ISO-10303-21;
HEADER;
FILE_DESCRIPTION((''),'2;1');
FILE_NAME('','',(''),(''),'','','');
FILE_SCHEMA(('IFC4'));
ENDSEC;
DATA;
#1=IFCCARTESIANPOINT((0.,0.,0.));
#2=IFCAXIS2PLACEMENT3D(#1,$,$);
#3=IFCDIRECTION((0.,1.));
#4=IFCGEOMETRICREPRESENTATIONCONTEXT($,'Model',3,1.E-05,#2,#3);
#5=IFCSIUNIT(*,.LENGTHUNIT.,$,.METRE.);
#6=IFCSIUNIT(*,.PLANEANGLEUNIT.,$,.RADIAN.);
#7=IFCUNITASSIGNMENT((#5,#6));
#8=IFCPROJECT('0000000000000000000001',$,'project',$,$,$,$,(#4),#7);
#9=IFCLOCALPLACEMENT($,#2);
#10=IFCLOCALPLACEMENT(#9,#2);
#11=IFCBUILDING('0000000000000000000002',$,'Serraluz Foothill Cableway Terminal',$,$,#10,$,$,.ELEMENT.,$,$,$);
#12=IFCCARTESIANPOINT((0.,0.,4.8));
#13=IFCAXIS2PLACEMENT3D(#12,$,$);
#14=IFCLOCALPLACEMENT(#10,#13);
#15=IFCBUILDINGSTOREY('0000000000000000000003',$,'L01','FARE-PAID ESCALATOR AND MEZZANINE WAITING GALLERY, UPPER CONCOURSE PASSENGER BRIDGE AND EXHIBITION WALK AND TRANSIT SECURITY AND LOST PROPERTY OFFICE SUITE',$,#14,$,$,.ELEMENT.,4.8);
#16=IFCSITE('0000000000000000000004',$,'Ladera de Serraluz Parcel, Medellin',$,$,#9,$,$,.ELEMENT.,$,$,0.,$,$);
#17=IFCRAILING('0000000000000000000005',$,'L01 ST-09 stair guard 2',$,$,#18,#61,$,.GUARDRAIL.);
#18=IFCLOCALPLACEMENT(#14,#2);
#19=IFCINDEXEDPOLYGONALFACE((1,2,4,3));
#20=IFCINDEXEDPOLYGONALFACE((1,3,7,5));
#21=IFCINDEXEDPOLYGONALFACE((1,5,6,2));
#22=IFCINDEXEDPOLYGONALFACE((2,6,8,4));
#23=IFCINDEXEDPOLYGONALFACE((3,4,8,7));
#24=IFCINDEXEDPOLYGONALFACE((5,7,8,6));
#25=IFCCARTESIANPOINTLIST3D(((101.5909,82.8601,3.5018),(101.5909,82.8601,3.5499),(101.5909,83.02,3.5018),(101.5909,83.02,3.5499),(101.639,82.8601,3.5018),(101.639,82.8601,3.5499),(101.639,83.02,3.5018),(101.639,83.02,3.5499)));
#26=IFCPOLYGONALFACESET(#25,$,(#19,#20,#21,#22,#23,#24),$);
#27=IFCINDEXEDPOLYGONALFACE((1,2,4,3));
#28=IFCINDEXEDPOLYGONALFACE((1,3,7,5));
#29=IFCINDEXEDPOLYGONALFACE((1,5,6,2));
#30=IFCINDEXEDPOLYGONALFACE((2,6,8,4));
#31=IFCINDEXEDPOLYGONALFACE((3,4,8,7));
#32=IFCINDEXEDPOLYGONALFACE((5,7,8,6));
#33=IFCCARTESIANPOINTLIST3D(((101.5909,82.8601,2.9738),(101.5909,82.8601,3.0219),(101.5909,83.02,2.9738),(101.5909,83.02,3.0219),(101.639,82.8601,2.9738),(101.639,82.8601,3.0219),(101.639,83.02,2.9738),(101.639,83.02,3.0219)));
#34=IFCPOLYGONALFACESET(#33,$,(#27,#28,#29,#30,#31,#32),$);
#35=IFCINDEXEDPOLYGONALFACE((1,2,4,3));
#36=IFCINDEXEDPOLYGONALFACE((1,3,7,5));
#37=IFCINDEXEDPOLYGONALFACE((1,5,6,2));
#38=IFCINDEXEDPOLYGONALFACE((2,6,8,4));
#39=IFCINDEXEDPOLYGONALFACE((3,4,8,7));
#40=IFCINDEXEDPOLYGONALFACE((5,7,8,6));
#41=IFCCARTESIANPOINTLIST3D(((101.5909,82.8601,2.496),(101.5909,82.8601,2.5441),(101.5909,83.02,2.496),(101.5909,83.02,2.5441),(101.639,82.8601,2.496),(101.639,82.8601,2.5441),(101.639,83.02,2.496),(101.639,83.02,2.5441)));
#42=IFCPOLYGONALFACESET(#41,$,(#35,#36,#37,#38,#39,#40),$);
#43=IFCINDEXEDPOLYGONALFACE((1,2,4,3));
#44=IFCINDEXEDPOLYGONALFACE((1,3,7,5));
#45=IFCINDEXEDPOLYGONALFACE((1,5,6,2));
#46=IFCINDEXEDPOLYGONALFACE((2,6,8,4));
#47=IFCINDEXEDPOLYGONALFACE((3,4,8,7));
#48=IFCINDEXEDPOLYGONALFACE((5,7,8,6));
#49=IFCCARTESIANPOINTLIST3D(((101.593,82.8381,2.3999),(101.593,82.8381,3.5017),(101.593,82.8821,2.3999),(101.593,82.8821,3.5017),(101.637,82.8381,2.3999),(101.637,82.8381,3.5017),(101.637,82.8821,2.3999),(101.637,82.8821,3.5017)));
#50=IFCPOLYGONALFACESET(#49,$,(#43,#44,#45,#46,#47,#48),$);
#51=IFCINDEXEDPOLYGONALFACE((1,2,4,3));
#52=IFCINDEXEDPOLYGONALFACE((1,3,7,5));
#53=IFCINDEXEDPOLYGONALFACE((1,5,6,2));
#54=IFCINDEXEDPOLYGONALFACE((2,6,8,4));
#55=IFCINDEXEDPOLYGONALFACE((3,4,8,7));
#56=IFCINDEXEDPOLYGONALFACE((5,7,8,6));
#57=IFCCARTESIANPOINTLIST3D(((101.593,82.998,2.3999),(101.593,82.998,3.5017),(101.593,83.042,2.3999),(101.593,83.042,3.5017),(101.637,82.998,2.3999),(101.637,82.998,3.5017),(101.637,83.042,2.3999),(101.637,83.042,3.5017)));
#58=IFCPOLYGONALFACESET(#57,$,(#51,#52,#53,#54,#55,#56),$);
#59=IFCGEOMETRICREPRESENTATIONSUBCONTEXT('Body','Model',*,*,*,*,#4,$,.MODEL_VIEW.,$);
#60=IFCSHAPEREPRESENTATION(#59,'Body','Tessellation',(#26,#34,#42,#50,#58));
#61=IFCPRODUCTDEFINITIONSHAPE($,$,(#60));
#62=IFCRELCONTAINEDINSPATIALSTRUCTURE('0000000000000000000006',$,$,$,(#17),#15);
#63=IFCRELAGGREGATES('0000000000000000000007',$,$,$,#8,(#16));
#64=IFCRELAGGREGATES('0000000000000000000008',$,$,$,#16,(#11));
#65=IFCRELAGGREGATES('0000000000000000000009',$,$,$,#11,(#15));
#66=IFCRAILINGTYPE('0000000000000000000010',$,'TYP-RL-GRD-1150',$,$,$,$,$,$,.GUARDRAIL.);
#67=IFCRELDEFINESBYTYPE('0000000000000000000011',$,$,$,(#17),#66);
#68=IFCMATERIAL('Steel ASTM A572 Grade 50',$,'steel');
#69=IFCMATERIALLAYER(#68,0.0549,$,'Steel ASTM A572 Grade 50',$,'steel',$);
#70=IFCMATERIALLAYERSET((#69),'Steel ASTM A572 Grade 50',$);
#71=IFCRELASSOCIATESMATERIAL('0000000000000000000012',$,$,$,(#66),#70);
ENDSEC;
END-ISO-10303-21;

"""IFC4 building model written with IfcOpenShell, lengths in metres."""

from ifc_helpers import new_model, si_unit, direction, frame, origin, origin_2d, place, context, subcontext, project, spatial, rectangle, extrude, material, layer, layer_set, type_object, element, save


model = new_model("IFC4")

# Units and contexts
model_context = context("Model", 3, precision=1e-05, world=origin(), true_north=direction((0.0, 1.0)))
body_context = subcontext(model_context, "Body", "Model", "MODEL_VIEW")
ifc_project = project(units=[si_unit("LENGTHUNIT", "METRE"), si_unit("PLANEANGLEUNIT", "RADIAN")], contexts=[model_context])

# Site, building, storey
site_placement = place(None, origin())
site = spatial("IfcSite", under=ifc_project, at=site_placement, Name="Ladera de Serraluz Parcel, Medellin", CompositionType="ELEMENT", RefElevation=0.0)
building_placement = place(site_placement, origin())
building = spatial("IfcBuilding", under=site, at=building_placement, Name="Serraluz Foothill Cableway Terminal", CompositionType="ELEMENT")
storey_placement = place(building_placement, frame((0.0, 0.0, 4.8)))
storey = spatial("IfcBuildingStorey", under=building, at=storey_placement, Name="L01", Description="FARE-PAID ESCALATOR AND MEZZANINE WAITING GALLERY, UPPER CONCOURSE PASSENGER BRIDGE AND EXHIBITION WALK AND TRANSIT SECURITY AND LOST PROPERTY OFFICE SUITE", CompositionType="ELEMENT", Elevation=4.8)

# Railing
ifc_material_1 = material(Name="Steel ASTM A572 Grade 50", Category="steel")
ifc_layer_1 = layer(ifc_material_1, 0.0549, Name="Steel ASTM A572 Grade 50", Category="steel")
ifc_layer_set_1 = layer_set([ifc_layer_1], Name="Steel ASTM A572 Grade 50")
railing_type_1 = type_object("IfcRailingType", Name="TYP-RL-GRD-1150", PredefinedType="GUARDRAIL", material=ifc_layer_set_1)
railing_1_placement = place(storey_placement, frame((101.615, 82.8601, 2.3999)))
element("IfcRailing", 1, at=railing_1_placement, inside=storey, type_object=railing_type_1, Name="L01 ST-09 stair guard 2", PredefinedType="GUARDRAIL", context=body_context, shape_type="SweptSolid", body=[
    extrude(rectangle(XDim=0.0481, YDim=0.0481, at=origin_2d()), frame((0.0, 0.0, 1.126), z_axis=(0.0, 1.0, 0.0), x_axis=(-1.0, 0.0, 0.0)), (0.0, 0.0, 1.0), 0.1599),
    extrude(rectangle(XDim=0.0481, YDim=0.0481, at=origin_2d()), frame((0.0, 0.0, 0.5979), z_axis=(0.0, 1.0, 0.0), x_axis=(-1.0, 0.0, 0.0)), (0.0, 0.0, 1.0), 0.1599),
    extrude(rectangle(XDim=0.0481, YDim=0.0481, at=origin_2d()), frame((0.0, 0.0, 0.1201), z_axis=(0.0, 1.0, 0.0), x_axis=(-1.0, 0.0, 0.0)), (0.0, 0.0, 1.0), 0.1599),
    extrude(rectangle(XDim=0.0439, YDim=0.0439, at=origin_2d()), origin(), (0.0, 0.0, 1.0), 1.1018),
    extrude(rectangle(XDim=0.0439, YDim=0.0439, at=origin_2d()), frame((0.0, 0.1599, 0.0)), (0.0, 0.0, 1.0), 1.1018),
])

save(model, "model.ifc")
